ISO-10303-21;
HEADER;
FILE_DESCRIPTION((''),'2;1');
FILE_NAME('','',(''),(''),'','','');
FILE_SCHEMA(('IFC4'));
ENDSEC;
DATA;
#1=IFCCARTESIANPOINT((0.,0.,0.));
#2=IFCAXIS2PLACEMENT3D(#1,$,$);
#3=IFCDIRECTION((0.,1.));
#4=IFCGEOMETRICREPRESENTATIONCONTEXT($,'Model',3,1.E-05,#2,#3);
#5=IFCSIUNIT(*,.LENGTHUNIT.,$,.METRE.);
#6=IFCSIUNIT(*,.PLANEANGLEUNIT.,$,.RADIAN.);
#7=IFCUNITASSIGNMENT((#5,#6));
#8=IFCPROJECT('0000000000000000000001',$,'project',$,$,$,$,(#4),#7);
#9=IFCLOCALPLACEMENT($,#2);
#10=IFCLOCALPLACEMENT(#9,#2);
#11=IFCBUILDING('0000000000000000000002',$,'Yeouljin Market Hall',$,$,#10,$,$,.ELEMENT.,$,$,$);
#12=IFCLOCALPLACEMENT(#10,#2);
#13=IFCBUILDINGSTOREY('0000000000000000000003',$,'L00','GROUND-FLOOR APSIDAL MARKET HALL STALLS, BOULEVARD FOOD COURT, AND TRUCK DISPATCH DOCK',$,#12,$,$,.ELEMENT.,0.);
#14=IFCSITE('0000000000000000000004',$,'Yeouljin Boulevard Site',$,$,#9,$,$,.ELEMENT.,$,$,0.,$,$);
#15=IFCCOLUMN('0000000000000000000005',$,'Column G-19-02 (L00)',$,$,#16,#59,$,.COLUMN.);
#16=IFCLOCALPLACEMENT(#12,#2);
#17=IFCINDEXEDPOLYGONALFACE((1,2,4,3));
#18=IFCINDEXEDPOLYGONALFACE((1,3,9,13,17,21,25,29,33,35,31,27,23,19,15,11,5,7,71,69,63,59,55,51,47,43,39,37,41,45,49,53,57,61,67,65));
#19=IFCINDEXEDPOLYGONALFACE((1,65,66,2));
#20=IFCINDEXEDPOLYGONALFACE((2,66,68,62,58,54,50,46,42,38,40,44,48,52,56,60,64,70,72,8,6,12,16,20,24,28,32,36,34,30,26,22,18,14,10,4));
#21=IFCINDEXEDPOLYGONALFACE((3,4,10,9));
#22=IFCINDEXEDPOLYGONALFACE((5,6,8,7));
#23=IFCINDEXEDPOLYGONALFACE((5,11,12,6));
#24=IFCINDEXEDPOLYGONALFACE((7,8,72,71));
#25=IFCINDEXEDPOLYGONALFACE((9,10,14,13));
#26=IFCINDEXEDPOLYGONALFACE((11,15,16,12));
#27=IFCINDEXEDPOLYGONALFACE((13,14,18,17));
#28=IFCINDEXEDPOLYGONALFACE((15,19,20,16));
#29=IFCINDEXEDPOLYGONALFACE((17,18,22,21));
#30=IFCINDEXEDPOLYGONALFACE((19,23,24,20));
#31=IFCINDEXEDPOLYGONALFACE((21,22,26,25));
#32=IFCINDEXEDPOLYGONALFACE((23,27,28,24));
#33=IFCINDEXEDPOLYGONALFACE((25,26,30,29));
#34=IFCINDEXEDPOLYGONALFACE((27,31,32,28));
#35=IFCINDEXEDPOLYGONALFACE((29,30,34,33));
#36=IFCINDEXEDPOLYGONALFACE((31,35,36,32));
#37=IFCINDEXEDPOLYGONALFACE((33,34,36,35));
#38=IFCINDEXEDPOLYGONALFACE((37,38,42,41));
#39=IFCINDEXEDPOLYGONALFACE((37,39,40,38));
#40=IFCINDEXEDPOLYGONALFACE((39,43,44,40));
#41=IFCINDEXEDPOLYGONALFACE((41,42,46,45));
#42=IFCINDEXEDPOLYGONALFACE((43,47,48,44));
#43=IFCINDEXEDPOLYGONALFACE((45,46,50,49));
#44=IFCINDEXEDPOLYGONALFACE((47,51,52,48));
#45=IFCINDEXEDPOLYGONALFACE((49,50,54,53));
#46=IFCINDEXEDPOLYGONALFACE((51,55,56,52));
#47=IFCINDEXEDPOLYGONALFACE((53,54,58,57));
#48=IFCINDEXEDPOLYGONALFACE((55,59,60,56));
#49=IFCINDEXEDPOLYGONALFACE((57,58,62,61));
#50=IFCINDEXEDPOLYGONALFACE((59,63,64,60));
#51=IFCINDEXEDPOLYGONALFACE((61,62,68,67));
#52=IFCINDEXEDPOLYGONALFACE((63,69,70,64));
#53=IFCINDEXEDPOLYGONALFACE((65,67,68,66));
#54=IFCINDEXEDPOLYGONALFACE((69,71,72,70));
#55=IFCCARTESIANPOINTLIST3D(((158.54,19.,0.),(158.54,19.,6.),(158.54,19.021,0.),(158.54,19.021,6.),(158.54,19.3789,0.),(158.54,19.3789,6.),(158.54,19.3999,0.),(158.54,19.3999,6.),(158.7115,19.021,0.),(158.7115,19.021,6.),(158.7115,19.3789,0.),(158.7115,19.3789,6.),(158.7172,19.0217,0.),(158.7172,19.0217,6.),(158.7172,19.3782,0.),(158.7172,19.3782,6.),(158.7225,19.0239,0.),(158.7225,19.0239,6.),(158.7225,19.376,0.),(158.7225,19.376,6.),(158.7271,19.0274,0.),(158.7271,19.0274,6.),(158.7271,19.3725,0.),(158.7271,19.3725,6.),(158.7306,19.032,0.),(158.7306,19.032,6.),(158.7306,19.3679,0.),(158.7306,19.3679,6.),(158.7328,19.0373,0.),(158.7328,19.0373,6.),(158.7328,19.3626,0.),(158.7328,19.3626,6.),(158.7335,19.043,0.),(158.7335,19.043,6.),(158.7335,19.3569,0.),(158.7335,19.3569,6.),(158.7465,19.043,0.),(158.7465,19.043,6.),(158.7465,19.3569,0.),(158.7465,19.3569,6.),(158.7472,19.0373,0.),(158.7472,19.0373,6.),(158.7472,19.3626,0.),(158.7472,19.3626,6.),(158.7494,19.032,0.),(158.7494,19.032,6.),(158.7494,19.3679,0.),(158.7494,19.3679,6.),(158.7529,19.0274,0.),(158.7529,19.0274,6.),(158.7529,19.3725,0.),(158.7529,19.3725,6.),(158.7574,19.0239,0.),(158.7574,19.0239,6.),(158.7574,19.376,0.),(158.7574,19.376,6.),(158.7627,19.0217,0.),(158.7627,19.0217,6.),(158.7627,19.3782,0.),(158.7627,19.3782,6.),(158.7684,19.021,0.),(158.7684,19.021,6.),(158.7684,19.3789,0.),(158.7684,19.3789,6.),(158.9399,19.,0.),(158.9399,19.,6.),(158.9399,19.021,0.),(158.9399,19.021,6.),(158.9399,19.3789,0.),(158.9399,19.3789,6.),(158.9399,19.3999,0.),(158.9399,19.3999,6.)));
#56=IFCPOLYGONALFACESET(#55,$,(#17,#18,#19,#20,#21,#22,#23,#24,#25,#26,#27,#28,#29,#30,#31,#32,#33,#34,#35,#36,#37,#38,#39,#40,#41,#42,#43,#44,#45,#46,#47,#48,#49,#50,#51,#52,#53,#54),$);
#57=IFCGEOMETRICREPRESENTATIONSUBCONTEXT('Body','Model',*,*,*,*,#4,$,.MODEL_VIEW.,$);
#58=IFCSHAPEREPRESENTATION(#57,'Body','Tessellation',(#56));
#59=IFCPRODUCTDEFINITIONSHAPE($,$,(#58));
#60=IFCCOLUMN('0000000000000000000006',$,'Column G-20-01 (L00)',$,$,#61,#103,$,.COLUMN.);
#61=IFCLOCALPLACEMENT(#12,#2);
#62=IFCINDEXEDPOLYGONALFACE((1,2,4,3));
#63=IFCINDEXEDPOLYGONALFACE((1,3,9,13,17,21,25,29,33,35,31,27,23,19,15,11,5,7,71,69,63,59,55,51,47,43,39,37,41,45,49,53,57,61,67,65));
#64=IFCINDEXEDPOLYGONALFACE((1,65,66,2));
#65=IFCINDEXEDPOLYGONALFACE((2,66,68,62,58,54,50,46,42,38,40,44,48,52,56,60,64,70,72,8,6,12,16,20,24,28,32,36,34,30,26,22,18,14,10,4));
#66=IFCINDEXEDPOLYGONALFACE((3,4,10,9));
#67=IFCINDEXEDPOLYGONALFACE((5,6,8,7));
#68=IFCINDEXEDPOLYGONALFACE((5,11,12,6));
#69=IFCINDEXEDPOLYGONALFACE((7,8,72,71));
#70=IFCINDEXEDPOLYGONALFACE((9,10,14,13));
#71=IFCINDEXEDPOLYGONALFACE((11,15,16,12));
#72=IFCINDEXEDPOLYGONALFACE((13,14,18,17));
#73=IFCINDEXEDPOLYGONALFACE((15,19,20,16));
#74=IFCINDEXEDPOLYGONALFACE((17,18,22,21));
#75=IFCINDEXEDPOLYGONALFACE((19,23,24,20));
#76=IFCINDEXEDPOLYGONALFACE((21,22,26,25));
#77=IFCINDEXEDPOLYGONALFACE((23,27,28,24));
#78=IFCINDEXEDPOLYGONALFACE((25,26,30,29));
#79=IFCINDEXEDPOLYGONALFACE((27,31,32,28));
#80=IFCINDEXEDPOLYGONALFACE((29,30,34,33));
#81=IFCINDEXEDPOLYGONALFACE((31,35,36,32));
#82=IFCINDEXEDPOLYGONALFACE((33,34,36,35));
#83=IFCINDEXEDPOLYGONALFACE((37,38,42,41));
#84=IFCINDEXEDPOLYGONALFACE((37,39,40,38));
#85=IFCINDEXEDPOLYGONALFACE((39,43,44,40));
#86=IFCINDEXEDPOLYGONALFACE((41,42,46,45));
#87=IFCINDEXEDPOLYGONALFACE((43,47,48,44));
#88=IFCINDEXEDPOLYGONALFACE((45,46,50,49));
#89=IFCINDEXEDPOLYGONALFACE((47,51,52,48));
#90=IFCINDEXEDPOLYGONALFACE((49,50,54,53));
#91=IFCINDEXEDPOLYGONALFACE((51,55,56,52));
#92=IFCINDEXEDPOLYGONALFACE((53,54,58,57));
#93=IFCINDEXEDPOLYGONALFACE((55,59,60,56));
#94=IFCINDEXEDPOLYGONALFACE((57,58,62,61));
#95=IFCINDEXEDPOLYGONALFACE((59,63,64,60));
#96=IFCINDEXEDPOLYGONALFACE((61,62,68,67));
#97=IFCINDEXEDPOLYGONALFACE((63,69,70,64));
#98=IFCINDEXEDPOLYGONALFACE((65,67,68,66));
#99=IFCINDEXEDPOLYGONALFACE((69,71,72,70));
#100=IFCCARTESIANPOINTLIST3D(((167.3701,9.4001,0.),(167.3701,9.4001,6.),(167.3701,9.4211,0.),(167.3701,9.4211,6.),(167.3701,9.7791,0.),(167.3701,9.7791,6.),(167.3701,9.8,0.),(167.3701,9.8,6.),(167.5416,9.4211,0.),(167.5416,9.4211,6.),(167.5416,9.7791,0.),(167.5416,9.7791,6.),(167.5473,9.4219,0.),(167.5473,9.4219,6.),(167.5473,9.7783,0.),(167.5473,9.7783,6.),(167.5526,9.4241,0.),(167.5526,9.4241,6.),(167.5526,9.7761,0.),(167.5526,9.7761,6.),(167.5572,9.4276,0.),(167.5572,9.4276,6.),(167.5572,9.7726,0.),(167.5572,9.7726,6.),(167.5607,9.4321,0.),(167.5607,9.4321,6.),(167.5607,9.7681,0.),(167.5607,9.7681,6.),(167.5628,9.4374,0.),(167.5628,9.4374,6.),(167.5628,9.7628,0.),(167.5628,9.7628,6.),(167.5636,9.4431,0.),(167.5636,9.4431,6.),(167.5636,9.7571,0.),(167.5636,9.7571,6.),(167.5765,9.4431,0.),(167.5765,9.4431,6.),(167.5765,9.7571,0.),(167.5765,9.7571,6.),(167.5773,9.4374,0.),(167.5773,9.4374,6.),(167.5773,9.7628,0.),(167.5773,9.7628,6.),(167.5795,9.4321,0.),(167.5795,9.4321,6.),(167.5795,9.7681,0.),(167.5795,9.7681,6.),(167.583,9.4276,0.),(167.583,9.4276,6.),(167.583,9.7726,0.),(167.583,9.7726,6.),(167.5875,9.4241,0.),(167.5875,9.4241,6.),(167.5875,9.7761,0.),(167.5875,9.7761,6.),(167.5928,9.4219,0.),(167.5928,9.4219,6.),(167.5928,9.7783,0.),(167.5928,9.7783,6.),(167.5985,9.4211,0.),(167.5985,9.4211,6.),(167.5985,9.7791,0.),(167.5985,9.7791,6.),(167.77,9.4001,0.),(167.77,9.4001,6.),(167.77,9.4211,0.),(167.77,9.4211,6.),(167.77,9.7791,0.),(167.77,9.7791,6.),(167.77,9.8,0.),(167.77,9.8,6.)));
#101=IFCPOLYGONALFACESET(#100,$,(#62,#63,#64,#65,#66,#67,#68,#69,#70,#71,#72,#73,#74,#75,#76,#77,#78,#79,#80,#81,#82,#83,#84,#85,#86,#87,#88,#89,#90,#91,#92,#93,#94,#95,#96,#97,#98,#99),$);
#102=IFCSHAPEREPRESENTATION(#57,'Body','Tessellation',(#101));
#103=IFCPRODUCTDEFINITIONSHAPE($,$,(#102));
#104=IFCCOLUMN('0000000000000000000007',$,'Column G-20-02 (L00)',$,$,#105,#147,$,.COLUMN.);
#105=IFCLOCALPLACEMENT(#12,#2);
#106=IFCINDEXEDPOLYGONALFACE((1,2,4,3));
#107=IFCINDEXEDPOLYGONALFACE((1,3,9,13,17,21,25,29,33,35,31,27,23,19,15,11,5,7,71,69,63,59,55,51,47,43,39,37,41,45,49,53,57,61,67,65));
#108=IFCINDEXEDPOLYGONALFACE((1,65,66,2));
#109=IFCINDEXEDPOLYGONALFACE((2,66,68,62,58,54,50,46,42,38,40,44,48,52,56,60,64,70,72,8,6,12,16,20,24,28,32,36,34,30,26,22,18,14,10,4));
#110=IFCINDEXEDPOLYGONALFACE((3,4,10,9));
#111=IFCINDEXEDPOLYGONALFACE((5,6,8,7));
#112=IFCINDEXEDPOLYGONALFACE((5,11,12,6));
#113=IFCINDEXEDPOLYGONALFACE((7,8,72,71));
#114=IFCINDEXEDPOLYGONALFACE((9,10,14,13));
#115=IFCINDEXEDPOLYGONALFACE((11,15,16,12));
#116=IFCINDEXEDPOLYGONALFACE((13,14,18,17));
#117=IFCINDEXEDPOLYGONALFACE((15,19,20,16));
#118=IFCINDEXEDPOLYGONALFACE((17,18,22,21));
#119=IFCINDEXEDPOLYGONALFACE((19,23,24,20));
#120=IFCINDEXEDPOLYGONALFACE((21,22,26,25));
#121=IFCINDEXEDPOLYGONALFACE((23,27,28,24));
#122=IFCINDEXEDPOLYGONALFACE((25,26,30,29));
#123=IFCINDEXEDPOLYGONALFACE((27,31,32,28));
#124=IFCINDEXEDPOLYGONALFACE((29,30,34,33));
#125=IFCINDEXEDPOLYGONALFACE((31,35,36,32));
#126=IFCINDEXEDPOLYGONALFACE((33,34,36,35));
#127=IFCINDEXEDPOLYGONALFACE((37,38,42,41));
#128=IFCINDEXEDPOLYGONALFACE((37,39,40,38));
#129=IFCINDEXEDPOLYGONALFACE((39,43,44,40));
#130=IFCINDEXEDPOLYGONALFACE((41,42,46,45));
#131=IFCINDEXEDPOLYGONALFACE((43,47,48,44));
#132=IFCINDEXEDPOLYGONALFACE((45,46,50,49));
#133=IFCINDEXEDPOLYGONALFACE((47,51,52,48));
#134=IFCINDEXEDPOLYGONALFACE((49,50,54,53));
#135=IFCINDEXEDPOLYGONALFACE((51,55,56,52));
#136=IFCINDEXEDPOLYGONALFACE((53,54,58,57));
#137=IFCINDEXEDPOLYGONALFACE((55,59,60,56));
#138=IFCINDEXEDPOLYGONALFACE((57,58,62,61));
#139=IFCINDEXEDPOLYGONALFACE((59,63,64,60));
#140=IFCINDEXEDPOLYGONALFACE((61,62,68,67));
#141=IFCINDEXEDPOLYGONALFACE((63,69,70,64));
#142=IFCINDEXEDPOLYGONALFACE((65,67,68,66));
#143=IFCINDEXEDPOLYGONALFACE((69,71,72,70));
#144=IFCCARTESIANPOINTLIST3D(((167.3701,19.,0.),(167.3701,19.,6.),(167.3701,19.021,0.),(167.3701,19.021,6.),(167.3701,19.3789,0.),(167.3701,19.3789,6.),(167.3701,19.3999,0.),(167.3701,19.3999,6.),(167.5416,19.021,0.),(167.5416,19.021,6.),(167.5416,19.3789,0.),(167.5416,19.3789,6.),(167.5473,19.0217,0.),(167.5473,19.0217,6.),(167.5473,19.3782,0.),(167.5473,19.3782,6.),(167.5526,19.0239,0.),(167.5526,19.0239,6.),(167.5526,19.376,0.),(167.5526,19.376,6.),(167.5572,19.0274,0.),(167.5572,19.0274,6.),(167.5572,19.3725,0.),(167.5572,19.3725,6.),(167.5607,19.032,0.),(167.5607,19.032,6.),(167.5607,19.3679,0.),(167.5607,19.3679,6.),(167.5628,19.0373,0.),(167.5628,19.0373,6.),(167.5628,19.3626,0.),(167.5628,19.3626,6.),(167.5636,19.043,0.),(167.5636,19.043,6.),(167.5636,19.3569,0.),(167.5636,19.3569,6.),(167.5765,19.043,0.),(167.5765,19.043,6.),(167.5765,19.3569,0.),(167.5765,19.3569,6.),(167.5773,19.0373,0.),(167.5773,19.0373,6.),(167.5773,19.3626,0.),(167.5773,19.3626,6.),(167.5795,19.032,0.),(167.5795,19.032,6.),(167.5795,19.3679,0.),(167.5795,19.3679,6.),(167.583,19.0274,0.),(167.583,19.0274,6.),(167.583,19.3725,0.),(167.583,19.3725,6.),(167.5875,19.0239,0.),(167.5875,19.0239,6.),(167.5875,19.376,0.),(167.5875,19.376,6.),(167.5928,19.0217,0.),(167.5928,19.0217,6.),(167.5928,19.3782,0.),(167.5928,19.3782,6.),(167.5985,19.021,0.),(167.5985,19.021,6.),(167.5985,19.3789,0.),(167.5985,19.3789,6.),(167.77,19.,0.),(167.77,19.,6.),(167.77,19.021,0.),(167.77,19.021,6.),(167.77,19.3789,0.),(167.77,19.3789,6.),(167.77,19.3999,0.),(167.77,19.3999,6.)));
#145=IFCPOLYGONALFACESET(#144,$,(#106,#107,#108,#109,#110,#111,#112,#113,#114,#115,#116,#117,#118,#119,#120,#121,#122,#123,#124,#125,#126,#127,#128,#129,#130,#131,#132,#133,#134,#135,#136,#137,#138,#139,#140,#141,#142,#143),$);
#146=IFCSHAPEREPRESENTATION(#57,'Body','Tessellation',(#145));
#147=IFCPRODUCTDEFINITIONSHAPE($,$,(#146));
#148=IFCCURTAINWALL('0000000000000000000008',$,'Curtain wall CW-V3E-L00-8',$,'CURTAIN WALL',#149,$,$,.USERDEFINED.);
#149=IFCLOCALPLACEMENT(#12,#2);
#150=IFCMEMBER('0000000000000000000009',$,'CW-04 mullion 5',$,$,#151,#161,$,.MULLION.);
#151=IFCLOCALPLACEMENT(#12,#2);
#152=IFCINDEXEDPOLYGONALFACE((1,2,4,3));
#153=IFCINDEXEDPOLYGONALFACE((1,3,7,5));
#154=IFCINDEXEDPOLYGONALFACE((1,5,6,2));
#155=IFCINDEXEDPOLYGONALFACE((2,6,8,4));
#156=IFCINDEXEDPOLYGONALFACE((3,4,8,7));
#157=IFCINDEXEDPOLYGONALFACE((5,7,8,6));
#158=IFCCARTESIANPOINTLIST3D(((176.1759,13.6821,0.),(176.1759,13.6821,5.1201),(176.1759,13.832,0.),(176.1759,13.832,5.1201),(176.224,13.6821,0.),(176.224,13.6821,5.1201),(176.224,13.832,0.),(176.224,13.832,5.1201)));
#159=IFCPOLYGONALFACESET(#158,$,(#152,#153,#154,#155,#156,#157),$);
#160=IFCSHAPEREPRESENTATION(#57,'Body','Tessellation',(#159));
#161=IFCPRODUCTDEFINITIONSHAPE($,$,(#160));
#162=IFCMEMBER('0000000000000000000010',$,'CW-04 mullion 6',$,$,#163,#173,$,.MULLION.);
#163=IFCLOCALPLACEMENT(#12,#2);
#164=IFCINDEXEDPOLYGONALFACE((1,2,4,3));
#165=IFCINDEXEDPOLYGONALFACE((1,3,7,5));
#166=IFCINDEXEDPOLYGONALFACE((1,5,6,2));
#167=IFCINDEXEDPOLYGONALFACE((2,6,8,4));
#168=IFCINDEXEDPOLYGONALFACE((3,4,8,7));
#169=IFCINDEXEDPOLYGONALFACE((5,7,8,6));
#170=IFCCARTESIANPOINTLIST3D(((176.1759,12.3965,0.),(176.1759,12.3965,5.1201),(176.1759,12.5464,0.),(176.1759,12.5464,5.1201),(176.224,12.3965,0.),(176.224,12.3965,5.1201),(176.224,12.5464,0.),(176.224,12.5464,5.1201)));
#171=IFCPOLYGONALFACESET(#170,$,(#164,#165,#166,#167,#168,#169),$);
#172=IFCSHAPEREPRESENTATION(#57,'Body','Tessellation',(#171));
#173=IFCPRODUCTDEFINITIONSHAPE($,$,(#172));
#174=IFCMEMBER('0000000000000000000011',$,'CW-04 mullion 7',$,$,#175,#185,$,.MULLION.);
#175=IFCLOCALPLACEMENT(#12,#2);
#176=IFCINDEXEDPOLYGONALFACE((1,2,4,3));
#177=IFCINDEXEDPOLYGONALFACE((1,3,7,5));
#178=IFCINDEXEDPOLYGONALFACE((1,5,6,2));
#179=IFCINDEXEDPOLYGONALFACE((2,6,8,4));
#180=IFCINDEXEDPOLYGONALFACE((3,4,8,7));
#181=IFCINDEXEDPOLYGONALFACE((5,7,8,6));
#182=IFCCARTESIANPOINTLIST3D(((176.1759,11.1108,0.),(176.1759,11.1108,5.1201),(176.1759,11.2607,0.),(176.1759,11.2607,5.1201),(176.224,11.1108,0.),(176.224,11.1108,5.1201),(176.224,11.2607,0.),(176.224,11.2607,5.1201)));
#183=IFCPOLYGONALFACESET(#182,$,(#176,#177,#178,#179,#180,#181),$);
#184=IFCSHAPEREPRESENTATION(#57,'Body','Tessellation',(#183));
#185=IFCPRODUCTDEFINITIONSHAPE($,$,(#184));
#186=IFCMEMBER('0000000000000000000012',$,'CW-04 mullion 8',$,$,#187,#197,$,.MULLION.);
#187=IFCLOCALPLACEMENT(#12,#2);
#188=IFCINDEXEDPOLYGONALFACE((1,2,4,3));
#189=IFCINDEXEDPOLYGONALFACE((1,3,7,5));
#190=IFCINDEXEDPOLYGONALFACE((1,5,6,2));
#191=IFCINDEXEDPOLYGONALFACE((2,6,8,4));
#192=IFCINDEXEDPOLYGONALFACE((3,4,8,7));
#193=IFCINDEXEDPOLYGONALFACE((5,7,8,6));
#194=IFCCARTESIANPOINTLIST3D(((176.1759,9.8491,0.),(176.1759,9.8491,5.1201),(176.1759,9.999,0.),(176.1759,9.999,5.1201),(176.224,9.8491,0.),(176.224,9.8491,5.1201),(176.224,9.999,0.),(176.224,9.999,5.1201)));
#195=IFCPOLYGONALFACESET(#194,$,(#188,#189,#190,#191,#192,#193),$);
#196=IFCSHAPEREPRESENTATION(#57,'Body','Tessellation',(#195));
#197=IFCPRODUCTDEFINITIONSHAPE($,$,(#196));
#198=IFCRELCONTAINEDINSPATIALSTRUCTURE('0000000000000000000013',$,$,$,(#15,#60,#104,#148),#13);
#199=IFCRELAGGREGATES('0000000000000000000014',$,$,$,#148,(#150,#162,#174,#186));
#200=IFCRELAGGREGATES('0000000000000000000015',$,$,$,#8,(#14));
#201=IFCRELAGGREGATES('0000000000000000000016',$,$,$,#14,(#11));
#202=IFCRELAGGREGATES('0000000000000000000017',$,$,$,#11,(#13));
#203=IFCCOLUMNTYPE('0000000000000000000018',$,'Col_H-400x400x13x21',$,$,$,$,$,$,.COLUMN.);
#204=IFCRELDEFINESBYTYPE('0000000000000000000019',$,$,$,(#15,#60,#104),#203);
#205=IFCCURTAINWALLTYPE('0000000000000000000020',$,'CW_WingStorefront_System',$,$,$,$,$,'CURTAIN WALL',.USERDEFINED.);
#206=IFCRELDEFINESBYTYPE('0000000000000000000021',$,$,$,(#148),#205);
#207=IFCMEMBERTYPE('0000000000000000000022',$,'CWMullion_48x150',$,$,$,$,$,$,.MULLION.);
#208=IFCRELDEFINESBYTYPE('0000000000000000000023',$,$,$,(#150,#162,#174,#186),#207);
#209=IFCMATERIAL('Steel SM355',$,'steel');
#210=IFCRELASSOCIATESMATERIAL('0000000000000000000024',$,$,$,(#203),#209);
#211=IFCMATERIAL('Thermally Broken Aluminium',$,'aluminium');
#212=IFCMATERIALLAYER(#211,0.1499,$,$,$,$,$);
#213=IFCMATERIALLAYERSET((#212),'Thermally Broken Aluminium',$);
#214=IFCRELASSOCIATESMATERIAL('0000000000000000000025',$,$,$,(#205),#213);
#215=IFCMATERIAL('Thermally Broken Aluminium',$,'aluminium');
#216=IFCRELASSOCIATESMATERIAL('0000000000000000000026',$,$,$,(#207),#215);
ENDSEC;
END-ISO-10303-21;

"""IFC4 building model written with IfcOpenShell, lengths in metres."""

from ifc_helpers import new_model, si_unit, direction, frame, origin, origin_2d, place, context, subcontext, project, spatial, rectangle, i_section, extrude, material, layer, layer_set, material_profile, profile_set, type_object, element, aggregate, save


model = new_model("IFC4")

# Units and contexts
model_context = context("Model", 3, precision=1e-05, world=origin(), true_north=direction((0.0, 1.0)))
body_context = subcontext(model_context, "Body", "Model", "MODEL_VIEW")
ifc_project = project(units=[si_unit("LENGTHUNIT", "METRE"), si_unit("PLANEANGLEUNIT", "RADIAN")], contexts=[model_context])

# Site, building, storey
site_placement = place(None, origin())
site = spatial("IfcSite", under=ifc_project, at=site_placement, Name="Yeouljin Boulevard Site", CompositionType="ELEMENT", RefElevation=0.0)
building_placement = place(site_placement, origin())
building = spatial("IfcBuilding", under=site, at=building_placement, Name="Yeouljin Market Hall", CompositionType="ELEMENT")
storey_placement = place(building_placement, origin())
storey = spatial("IfcBuildingStorey", under=building, at=storey_placement, Name="L00", Description="GROUND-FLOOR APSIDAL MARKET HALL STALLS, BOULEVARD FOOD COURT, AND TRUCK DISPATCH DOCK", CompositionType="ELEMENT", Elevation=0.0)

# Columns
ifc_material_1 = material(Name="Steel SM355", Category="steel")
ifc_material_profile_1 = material_profile(ifc_material_1, i_section(OverallWidth=0.3999, OverallDepth=0.3999, WebThickness=0.0129, FlangeThickness=0.021, FilletRadius=0.022, at=origin_2d()), Name="H-400x400x13x21")
ifc_profile_set_1 = profile_set([ifc_material_profile_1], Name="Steel SM355")
column_type = type_object("IfcColumnType", Name="Col_H-400x400x13x21", PredefinedType="COLUMN", material=ifc_profile_set_1)
for number, where, z_axis, x_axis, name in (
    (1, (158.74, 19.2, 0.0), (0.0, 0.0, 1.0), (1.0, 0.0, 0.0), "Column G-19-02 (L00)"),
    (2, (167.5701, 9.6001, 0.0), (0.0, 0.0, 1.0), (1.0, 0.0, 0.0), "Column G-20-01 (L00)"),
    (3, (167.5701, 19.2, 0.0), (0.0, 0.0, 1.0), (1.0, 0.0, 0.0), "Column G-20-02 (L00)"),
):
    element("IfcColumn", number, at=place(storey_placement, frame(where, z_axis=z_axis, x_axis=x_axis)), inside=storey, type_object=column_type, Name=name, PredefinedType="COLUMN", context=body_context, shape_type="SweptSolid", body=[
        extrude(i_section(OverallWidth=0.3999, OverallDepth=0.3999, WebThickness=0.0129, FlangeThickness=0.021, FilletRadius=0.022, at=origin_2d()), origin(), (0.0, 0.0, 1.0), 6.0),
    ])

# Curtain wall, members
ifc_material_2 = material(Name="Thermally Broken Aluminium", Category="aluminium")
ifc_layer_1 = layer(ifc_material_2, 0.1499)
ifc_layer_set_1 = layer_set([ifc_layer_1], Name="Thermally Broken Aluminium")
curtain_wall_type = type_object("IfcCurtainWallType", Name="CW_WingStorefront_System", ElementType="CURTAIN WALL", PredefinedType="USERDEFINED", material=ifc_layer_set_1)
curtain_wall_placement = place(storey_placement, origin())
curtain_wall = element("IfcCurtainWall", 4, at=curtain_wall_placement, inside=storey, type_object=curtain_wall_type, Name="Curtain wall CW-V3E-L00-8", ObjectType="CURTAIN WALL", PredefinedType="USERDEFINED")
ifc_material_3 = material(Name="Thermally Broken Aluminium", Category="aluminium")
ifc_material_profile_2 = material_profile(ifc_material_3, rectangle(XDim=0.0481, YDim=0.1499, at=origin_2d()), Name="CW-MULL-48x150")
ifc_profile_set_2 = profile_set([ifc_material_profile_2], Name="Thermally Broken Aluminium")
member_type_1 = type_object("IfcMemberType", Name="CWMullion_48x150", PredefinedType="MULLION", material=ifc_profile_set_2)
member_1_placement = place(storey_placement, frame((176.2, 13.7571, 0.0), z_axis=(0.0, 0.0, 1.0), x_axis=(1.0, 0.0, 0.0)))
member_1 = element("IfcMember", 5, at=member_1_placement, type_object=member_type_1, Name="CW-04 mullion 5", PredefinedType="MULLION", context=body_context, shape_type="SweptSolid", body=[
    extrude(rectangle(XDim=0.0481, YDim=0.1499, at=origin_2d()), origin(), (0.0, 0.0, 1.0), 5.1201),
])
member_2_placement = place(storey_placement, frame((176.2, 12.4714, 0.0), z_axis=(0.0, 0.0, 1.0), x_axis=(1.0, 0.0, 0.0)))
member_2 = element("IfcMember", 6, at=member_2_placement, type_object=member_type_1, Name="CW-04 mullion 6", PredefinedType="MULLION", context=body_context, shape_type="SweptSolid", body=[
    extrude(rectangle(XDim=0.0481, YDim=0.1499, at=origin_2d()), origin(), (0.0, 0.0, 1.0), 5.1201),
])
member_3_placement = place(storey_placement, frame((176.2, 11.1858, 0.0), z_axis=(0.0, 0.0, 1.0), x_axis=(1.0, 0.0, 0.0)))
member_3 = element("IfcMember", 7, at=member_3_placement, type_object=member_type_1, Name="CW-04 mullion 7", PredefinedType="MULLION", context=body_context, shape_type="SweptSolid", body=[
    extrude(rectangle(XDim=0.0481, YDim=0.1499, at=origin_2d()), origin(), (0.0, 0.0, 1.0), 5.1201),
])
member_4_placement = place(storey_placement, frame((176.2, 9.9241, 0.0), z_axis=(0.0, 0.0, 1.0), x_axis=(1.0, 0.0, 0.0)))
member_4 = element("IfcMember", 8, at=member_4_placement, type_object=member_type_1, Name="CW-04 mullion 8", PredefinedType="MULLION", context=body_context, shape_type="SweptSolid", body=[
    extrude(rectangle(XDim=0.0481, YDim=0.1499, at=origin_2d()), origin(), (0.0, 0.0, 1.0), 5.1201),
])
aggregate(curtain_wall, [member_1, member_2, member_3, member_4])

save(model, "model.ifc")
